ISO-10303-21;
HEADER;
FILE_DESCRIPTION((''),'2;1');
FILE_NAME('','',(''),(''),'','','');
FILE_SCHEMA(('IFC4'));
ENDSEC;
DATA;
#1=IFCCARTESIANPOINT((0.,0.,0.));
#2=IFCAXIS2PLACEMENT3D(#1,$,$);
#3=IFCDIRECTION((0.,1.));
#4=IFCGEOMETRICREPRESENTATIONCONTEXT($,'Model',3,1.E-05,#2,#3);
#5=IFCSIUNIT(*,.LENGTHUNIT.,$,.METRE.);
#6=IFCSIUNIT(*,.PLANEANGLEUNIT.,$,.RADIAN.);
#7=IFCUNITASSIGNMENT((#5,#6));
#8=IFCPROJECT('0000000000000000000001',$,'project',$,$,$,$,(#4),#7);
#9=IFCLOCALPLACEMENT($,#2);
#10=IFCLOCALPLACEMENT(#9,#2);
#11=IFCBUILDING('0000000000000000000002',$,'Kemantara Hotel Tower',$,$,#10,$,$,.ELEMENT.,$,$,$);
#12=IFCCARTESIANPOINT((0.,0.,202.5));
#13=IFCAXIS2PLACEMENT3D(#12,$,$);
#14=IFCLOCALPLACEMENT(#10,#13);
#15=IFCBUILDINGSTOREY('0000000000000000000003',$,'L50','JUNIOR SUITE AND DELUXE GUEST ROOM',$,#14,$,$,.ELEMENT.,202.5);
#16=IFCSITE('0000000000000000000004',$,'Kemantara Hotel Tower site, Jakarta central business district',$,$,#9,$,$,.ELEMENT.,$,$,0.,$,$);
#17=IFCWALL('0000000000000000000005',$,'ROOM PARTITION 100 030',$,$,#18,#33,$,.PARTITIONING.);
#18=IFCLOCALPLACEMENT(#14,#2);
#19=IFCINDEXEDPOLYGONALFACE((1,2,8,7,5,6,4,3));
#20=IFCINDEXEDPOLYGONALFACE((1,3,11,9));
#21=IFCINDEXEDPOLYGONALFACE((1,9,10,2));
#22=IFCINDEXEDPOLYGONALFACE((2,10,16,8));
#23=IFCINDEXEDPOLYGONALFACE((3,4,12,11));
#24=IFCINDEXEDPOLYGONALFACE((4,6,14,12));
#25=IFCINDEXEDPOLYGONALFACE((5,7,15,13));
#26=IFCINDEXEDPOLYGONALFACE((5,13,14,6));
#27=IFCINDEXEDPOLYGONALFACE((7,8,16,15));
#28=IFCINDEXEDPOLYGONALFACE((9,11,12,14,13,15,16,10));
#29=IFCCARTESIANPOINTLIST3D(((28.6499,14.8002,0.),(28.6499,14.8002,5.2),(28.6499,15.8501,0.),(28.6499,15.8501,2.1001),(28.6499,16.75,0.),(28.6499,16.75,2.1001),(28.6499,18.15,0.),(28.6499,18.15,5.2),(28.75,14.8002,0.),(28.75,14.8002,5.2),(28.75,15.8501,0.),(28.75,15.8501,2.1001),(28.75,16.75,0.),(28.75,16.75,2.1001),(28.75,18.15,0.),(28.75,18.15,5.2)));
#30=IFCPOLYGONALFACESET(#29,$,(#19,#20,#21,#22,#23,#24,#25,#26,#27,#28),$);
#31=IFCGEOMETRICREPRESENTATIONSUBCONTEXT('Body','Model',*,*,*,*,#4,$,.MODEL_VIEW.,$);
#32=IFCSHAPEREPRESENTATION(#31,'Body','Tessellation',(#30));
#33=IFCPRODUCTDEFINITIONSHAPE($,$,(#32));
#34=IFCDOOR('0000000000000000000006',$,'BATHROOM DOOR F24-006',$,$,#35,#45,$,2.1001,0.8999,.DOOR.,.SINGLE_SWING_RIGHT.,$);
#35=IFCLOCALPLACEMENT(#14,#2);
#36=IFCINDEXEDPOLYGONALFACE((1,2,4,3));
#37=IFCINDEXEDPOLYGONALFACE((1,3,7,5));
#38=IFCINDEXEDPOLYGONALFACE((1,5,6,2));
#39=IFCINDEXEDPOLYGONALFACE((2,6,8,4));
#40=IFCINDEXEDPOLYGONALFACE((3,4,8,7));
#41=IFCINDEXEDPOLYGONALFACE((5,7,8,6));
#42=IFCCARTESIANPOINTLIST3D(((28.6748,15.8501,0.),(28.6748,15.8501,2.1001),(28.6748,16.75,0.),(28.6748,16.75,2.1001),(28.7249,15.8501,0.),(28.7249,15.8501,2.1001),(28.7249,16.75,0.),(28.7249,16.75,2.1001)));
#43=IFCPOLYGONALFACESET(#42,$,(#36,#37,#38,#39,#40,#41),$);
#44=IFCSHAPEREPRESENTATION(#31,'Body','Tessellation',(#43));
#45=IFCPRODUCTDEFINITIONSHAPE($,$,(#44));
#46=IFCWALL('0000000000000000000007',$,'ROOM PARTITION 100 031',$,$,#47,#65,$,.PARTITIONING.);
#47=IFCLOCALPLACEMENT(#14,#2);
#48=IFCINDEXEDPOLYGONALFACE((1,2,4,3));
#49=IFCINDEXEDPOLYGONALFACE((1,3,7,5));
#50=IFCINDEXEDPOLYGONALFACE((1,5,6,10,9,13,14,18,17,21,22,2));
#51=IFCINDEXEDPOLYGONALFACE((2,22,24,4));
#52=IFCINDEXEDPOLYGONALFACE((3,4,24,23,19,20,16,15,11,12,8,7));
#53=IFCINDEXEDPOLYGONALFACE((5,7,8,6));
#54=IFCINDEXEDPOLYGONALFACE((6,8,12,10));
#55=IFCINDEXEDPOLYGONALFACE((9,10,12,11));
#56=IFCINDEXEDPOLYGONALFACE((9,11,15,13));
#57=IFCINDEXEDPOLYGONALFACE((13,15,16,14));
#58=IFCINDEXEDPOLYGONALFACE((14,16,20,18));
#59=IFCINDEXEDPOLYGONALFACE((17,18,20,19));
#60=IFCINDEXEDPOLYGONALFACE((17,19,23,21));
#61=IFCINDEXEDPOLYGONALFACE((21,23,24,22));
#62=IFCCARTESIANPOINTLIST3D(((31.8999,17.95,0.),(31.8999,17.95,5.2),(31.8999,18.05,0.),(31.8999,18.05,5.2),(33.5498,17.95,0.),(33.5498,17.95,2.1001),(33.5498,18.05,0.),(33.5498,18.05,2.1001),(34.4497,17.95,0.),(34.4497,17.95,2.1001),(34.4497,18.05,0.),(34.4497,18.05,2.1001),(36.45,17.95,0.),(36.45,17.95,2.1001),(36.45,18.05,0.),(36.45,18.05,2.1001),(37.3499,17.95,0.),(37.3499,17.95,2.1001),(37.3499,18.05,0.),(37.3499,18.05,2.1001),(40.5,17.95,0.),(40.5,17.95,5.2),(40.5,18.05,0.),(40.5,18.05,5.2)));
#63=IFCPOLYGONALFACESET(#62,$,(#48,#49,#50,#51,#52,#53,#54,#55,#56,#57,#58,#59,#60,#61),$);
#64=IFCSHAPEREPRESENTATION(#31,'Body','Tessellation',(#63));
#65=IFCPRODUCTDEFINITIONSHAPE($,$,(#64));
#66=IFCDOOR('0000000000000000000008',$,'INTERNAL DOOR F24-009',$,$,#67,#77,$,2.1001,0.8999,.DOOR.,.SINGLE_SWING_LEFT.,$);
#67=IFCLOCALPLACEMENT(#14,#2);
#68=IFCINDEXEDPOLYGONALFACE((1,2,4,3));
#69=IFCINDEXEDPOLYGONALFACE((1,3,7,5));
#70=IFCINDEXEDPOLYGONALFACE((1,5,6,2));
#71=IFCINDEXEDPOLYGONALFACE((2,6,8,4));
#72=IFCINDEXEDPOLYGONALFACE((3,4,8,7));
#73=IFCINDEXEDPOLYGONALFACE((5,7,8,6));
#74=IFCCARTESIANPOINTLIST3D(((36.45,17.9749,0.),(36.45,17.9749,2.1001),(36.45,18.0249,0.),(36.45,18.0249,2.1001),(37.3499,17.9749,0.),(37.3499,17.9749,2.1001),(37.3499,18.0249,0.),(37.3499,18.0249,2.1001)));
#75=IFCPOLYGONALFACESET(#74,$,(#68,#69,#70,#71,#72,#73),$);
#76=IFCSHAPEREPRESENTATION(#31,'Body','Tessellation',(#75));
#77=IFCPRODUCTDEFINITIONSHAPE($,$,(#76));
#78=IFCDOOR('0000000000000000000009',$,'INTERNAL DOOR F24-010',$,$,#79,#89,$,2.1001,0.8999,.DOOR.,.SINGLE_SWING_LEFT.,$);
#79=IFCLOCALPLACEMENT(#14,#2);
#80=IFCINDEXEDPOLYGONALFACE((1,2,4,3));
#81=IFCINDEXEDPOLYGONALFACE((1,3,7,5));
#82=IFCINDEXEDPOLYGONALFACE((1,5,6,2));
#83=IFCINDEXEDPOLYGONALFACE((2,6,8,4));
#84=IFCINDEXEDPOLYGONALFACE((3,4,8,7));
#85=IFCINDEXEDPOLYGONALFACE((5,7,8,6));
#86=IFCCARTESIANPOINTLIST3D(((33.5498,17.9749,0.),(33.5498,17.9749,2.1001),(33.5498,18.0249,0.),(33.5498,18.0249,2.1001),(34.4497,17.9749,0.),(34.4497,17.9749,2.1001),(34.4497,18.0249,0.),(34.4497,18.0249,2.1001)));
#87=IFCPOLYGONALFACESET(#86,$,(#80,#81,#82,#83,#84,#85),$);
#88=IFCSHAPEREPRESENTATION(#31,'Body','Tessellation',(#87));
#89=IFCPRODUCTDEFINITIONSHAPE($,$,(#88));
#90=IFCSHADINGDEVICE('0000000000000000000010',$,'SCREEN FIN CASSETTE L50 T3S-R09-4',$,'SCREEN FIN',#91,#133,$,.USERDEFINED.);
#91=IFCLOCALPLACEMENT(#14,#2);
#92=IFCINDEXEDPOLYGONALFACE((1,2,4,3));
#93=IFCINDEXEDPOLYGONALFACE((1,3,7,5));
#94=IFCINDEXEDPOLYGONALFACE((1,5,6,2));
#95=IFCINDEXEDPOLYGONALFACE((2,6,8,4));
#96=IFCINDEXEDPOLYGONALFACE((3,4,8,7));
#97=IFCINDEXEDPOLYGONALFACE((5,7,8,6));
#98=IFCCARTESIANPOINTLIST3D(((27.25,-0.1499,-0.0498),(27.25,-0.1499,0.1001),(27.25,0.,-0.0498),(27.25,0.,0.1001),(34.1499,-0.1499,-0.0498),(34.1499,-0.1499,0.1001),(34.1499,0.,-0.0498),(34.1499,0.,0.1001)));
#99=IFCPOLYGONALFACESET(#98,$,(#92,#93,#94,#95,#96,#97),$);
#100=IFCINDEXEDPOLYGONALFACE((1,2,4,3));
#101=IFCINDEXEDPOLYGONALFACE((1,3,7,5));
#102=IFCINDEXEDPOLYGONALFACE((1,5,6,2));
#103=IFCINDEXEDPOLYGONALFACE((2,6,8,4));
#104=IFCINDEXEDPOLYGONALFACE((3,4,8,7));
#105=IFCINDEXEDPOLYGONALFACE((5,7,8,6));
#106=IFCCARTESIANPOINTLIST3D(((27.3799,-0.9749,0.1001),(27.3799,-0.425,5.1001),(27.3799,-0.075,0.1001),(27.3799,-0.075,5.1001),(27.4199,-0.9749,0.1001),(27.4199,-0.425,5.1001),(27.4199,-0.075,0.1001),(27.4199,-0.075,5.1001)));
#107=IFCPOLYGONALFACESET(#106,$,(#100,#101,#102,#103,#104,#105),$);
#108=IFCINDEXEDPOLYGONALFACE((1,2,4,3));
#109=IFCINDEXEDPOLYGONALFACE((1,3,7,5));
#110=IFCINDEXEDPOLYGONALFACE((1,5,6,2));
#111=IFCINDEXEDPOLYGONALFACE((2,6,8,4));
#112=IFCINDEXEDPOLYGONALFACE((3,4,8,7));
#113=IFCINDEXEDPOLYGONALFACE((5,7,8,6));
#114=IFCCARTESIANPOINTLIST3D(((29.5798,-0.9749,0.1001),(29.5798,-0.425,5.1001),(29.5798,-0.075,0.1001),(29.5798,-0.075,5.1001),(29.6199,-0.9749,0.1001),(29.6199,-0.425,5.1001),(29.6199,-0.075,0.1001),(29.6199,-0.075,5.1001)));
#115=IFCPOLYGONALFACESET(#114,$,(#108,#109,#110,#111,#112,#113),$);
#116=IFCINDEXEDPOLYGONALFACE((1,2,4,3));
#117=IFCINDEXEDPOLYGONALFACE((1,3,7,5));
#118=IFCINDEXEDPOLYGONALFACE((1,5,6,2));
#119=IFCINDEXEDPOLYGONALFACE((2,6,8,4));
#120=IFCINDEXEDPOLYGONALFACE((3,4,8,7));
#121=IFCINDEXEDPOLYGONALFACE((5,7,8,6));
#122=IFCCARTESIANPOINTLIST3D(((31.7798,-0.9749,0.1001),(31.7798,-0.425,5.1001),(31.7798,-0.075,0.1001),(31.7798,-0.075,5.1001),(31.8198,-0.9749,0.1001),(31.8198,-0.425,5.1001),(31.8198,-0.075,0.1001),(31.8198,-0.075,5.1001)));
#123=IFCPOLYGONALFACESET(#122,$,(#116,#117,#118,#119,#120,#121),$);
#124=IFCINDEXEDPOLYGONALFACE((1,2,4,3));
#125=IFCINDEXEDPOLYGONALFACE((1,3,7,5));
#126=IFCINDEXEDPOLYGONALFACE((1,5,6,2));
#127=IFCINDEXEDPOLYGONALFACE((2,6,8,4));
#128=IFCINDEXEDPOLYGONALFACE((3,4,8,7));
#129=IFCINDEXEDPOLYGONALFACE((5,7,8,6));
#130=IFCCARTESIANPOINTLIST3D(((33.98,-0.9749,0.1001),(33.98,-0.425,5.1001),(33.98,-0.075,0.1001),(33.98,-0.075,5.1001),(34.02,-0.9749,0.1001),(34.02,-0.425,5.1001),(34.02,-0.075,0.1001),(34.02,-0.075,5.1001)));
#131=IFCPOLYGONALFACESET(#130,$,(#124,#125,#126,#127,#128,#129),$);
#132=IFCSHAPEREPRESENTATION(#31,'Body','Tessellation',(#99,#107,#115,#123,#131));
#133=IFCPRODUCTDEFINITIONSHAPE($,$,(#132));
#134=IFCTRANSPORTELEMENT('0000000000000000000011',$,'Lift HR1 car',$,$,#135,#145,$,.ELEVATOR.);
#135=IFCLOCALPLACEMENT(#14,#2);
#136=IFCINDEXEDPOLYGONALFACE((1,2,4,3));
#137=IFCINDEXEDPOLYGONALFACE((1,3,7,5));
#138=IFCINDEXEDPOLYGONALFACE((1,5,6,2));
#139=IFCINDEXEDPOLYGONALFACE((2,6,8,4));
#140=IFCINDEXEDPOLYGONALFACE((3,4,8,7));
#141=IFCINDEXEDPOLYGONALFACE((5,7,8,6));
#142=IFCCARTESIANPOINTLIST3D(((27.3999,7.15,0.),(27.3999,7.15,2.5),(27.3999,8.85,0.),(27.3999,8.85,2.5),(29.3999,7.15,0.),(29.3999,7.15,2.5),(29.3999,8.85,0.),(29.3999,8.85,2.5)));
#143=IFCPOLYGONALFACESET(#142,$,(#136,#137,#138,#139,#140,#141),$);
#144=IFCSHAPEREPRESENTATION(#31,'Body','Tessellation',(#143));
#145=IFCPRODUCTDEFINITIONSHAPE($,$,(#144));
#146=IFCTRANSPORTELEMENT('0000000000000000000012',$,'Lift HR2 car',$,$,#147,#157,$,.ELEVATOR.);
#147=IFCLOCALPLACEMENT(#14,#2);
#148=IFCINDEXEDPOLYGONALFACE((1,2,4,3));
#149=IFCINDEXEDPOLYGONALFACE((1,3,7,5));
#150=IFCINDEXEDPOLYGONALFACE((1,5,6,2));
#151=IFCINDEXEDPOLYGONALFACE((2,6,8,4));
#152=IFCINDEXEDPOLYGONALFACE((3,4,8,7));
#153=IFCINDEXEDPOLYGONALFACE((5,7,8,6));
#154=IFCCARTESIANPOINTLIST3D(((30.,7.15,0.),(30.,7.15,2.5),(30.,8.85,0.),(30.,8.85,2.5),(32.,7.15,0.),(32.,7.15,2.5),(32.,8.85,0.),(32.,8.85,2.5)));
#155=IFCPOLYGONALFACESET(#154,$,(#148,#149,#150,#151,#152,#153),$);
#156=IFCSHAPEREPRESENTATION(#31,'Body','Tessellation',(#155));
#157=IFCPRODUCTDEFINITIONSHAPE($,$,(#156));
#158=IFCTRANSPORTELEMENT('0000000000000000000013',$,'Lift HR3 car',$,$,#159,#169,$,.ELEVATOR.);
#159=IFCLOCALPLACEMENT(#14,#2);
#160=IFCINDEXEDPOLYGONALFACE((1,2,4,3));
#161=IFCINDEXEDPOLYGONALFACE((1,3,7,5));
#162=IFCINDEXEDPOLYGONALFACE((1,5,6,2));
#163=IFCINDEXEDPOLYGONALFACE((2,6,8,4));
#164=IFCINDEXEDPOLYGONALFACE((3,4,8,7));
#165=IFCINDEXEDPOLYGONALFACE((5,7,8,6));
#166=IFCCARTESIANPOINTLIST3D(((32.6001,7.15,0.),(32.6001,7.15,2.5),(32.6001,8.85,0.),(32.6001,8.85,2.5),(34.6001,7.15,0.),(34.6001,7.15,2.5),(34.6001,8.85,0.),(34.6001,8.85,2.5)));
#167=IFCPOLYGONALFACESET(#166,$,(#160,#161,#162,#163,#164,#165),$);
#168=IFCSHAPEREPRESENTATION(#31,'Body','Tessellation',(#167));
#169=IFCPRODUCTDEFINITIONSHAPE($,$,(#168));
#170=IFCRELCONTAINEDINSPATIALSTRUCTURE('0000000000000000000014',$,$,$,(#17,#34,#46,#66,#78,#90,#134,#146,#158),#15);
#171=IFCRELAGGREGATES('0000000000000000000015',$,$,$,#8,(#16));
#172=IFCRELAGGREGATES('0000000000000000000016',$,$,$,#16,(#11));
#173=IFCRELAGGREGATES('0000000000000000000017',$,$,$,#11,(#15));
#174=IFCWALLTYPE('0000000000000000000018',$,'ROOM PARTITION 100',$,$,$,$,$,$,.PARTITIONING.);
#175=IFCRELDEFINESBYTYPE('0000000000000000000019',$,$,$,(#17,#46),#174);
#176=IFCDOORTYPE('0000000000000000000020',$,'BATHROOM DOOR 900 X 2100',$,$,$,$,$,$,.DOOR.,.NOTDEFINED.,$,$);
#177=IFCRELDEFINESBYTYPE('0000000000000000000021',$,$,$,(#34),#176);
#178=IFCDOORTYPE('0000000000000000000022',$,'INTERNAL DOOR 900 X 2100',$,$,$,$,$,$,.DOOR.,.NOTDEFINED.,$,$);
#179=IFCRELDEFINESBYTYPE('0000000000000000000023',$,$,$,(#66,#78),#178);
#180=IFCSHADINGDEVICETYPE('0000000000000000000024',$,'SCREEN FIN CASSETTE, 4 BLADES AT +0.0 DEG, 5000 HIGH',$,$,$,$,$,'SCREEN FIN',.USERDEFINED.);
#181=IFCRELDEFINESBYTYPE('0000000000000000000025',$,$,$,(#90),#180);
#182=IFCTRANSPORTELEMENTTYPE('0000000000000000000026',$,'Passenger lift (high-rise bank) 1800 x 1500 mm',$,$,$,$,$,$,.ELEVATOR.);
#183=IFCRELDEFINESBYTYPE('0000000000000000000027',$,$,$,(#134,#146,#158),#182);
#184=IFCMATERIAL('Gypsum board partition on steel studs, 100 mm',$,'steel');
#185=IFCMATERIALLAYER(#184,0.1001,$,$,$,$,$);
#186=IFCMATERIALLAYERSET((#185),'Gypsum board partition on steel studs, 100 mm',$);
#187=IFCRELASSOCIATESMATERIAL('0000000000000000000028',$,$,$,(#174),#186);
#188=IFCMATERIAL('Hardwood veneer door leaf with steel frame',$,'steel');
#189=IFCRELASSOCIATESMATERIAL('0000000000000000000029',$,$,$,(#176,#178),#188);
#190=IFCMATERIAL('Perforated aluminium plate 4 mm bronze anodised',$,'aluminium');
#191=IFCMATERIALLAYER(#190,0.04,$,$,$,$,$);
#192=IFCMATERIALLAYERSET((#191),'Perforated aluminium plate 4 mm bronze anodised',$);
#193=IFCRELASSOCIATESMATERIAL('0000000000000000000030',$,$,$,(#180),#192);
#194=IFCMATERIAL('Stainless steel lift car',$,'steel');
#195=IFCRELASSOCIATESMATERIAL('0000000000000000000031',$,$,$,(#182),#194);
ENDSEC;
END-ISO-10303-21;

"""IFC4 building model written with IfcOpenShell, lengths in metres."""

from ifc_helpers import new_model, si_unit, direction, frame, frame_2d, origin, origin_2d, place, context, subcontext, project, spatial, polyline, rectangle, outline, extrude, source, transform, mapped, material, layer, layer_set, type_object, element, fill, save


model = new_model("IFC4")

# Units and contexts
model_context = context("Model", 3, precision=1e-05, world=origin(), true_north=direction((0.0, 1.0)))
body_context = subcontext(model_context, "Body", "Model", "MODEL_VIEW")
ifc_project = project(units=[si_unit("LENGTHUNIT", "METRE"), si_unit("PLANEANGLEUNIT", "RADIAN")], contexts=[model_context])

# Site, building, storey
site_placement = place(None, origin())
site = spatial("IfcSite", under=ifc_project, at=site_placement, Name="Kemantara Hotel Tower site, Jakarta central business district", CompositionType="ELEMENT", RefElevation=0.0)
building_placement = place(site_placement, origin())
building = spatial("IfcBuilding", under=site, at=building_placement, Name="Kemantara Hotel Tower", CompositionType="ELEMENT")
storey_placement = place(building_placement, frame((0.0, 0.0, 202.5)))
storey = spatial("IfcBuildingStorey", under=building, at=storey_placement, Name="L50", Description="JUNIOR SUITE AND DELUXE GUEST ROOM", CompositionType="ELEMENT", Elevation=202.5)

# Shared definitions
ifc_material_1 = material(Name="Hardwood veneer door leaf with steel frame", Category="steel")

# Wall, opening, door
ifc_material_2 = material(Name="Gypsum board partition on steel studs, 100 mm", Category="steel")
ifc_layer_1 = layer(ifc_material_2, 0.1001)
ifc_layer_set_1 = layer_set([ifc_layer_1], Name="Gypsum board partition on steel studs, 100 mm")
wall_type_1 = type_object("IfcWallType", Name="ROOM PARTITION 100", PredefinedType="PARTITIONING", material=ifc_layer_set_1)
wall_1_placement = place(storey_placement, frame((28.7, 18.1499, 0.0), z_axis=(0.0, 0.0, 1.0), x_axis=(0.0, -1.0, 0.0)))
wall_1 = element("IfcWall", 1, at=wall_1_placement, inside=storey, type_object=wall_type_1, Name="ROOM PARTITION 100 030", PredefinedType="PARTITIONING", context=body_context, shape_type="SweptSolid", body=[
    extrude(rectangle(XDim=3.3499, YDim=0.1001, at=frame_2d((1.6748, 0.0))), origin(), (0.0, 0.0, 1.0), 5.2),
])
opening_1_placement = place(wall_1_placement, frame((1.3999, 0.0, 0.0)))
opening_1 = element("IfcOpeningElement", 2, at=opening_1_placement, cuts=wall_1, PredefinedType="OPENING", context=body_context, shape_type="SweptSolid", body=[
    extrude(rectangle(XDim=0.8999, YDim=2.1001, at=frame_2d((0.45, 1.05))), frame((0.0, 0.0601, 0.0), z_axis=(0.0, -1.0, 0.0), x_axis=(1.0, 0.0, 0.0)), (0.0, 0.0, 1.0), 0.1201),
])
door_type_1 = type_object("IfcDoorType", Name="BATHROOM DOOR 900 X 2100", OperationType="NOTDEFINED", PredefinedType="DOOR", material=ifc_material_1)
door_1_placement = place(opening_1_placement, origin())
door_1 = element("IfcDoor", 3, at=door_1_placement, inside=storey, type_object=door_type_1, Name="BATHROOM DOOR F24-006", OperationType="SINGLE_SWING_RIGHT", OverallHeight=2.1001, OverallWidth=0.8999, PredefinedType="DOOR", context=body_context, shape_type="SweptSolid", body=[
    extrude(rectangle(XDim=0.8999, YDim=2.1001, at=frame_2d((0.45, 1.05))), frame((0.0, 0.0249, 0.0), z_axis=(0.0, -1.0, 0.0), x_axis=(1.0, 0.0, 0.0)), (0.0, 0.0, 1.0), 0.05),
])
fill(opening_1, door_1)

# Wall, openings, doors
wall_2_placement = place(storey_placement, frame((31.8999, 18.0, 0.0), z_axis=(0.0, 0.0, 1.0), x_axis=(1.0, 0.0, 0.0)))
wall_2 = element("IfcWall", 4, at=wall_2_placement, inside=storey, type_object=wall_type_1, Name="ROOM PARTITION 100 031", PredefinedType="PARTITIONING", context=body_context, shape_type="SweptSolid", body=[
    extrude(rectangle(XDim=8.6001, YDim=0.1001, at=frame_2d((4.3, 0.0))), origin(), (0.0, 0.0, 1.0), 5.2),
])
opening_2_placement = place(wall_2_placement, frame((4.55, 0.0, 0.0)))
opening_2 = element("IfcOpeningElement", 5, at=opening_2_placement, cuts=wall_2, PredefinedType="OPENING", context=body_context, shape_type="SweptSolid", body=[
    extrude(rectangle(XDim=0.8999, YDim=2.1001, at=frame_2d((0.45, 1.05))), frame((0.0, 0.0601, 0.0), z_axis=(0.0, -1.0, 0.0), x_axis=(1.0, 0.0, 0.0)), (0.0, 0.0, 1.0), 0.1201),
])
opening_3_placement = place(wall_2_placement, frame((1.6499, 0.0, 0.0)))
opening_3 = element("IfcOpeningElement", 6, at=opening_3_placement, cuts=wall_2, PredefinedType="OPENING", context=body_context, shape_type="SweptSolid", body=[
    extrude(rectangle(XDim=0.8999, YDim=2.1001, at=frame_2d((0.45, 1.05))), frame((0.0, 0.0601, 0.0), z_axis=(0.0, -1.0, 0.0), x_axis=(1.0, 0.0, 0.0)), (0.0, 0.0, 1.0), 0.1201),
])
door_type_2 = type_object("IfcDoorType", Name="INTERNAL DOOR 900 X 2100", OperationType="NOTDEFINED", PredefinedType="DOOR", material=ifc_material_1)
door_2_placement = place(opening_2_placement, origin())
door_2 = element("IfcDoor", 7, at=door_2_placement, inside=storey, type_object=door_type_2, Name="INTERNAL DOOR F24-009", OperationType="SINGLE_SWING_LEFT", OverallHeight=2.1001, OverallWidth=0.8999, PredefinedType="DOOR", context=body_context, shape_type="SweptSolid", body=[
    extrude(rectangle(XDim=0.8999, YDim=2.1001, at=frame_2d((0.45, 1.05))), frame((0.0, 0.0249, 0.0), z_axis=(0.0, -1.0, 0.0), x_axis=(1.0, 0.0, 0.0)), (0.0, 0.0, 1.0), 0.05),
])
fill(opening_2, door_2)
door_3_placement = place(opening_3_placement, origin())
door_3 = element("IfcDoor", 8, at=door_3_placement, inside=storey, type_object=door_type_2, Name="INTERNAL DOOR F24-010", OperationType="SINGLE_SWING_LEFT", OverallHeight=2.1001, OverallWidth=0.8999, PredefinedType="DOOR", context=body_context, shape_type="SweptSolid", body=[
    extrude(rectangle(XDim=0.8999, YDim=2.1001, at=frame_2d((0.45, 1.05))), frame((0.0, 0.0249, 0.0), z_axis=(0.0, -1.0, 0.0), x_axis=(1.0, 0.0, 0.0)), (0.0, 0.0, 1.0), 0.05),
])
fill(opening_3, door_3)

# Shading device
ifc_material_3 = material(Name="Perforated aluminium plate 4 mm bronze anodised", Category="aluminium")
ifc_layer_2 = layer(ifc_material_3, 0.04)
ifc_layer_set_2 = layer_set([ifc_layer_2], Name="Perforated aluminium plate 4 mm bronze anodised")
shading_device_type = type_object("IfcShadingDeviceType", Name="SCREEN FIN CASSETTE, 4 BLADES AT +0.0 DEG, 5000 HIGH", ElementType="SCREEN FIN", PredefinedType="USERDEFINED", material=ifc_layer_set_2)
shared_shape = source(origin(), body_context, "Body", "SweptSolid", [
    extrude(rectangle(XDim=6.8999, YDim=0.1499, at=origin_2d()), frame((3.3, -0.075, -0.1499), z_axis=(0.0, 0.0, 1.0), x_axis=(1.0, 0.0, 0.0)), (0.0, 0.0, 1.0), 0.1499),
    extrude(outline(polyline([(0.0, 0.0), (0.8999, 0.0), (0.3501, 5.0), (0.0, 5.0), (0.0, 0.0)])), frame((0.02, -0.075, 0.0), z_axis=(-1.0, 0.0, 0.0), x_axis=(0.0, -1.0, 0.0)), (0.0, 0.0, 1.0), 0.04),
    extrude(outline(polyline([(0.0, 0.0), (0.8999, 0.0), (0.3501, 5.0), (0.0, 5.0), (0.0, 0.0)])), frame((2.22, -0.075, 0.0), z_axis=(-1.0, 0.0, 0.0), x_axis=(0.0, -1.0, 0.0)), (0.0, 0.0, 1.0), 0.04),
    extrude(outline(polyline([(0.0, 0.0), (0.8999, 0.0), (0.3501, 5.0), (0.0, 5.0), (0.0, 0.0)])), frame((4.4199, -0.075, 0.0), z_axis=(-1.0, 0.0, 0.0), x_axis=(0.0, -1.0, 0.0)), (0.0, 0.0, 1.0), 0.04),
    extrude(outline(polyline([(0.0, 0.0), (0.8999, 0.0), (0.3501, 5.0), (0.0, 5.0), (0.0, 0.0)])), frame((6.6201, -0.075, 0.0), z_axis=(-1.0, 0.0, 0.0), x_axis=(0.0, -1.0, 0.0)), (0.0, 0.0, 1.0), 0.04),
])
shading_device_placement = place(storey_placement, frame((27.3999, 0.0, 0.1001), z_axis=(0.0, 0.0, 1.0), x_axis=(1.0, 0.0, 0.0)))
element("IfcShadingDevice", 9, at=shading_device_placement, inside=storey, type_object=shading_device_type, Name="SCREEN FIN CASSETTE L50 T3S-R09-4", ObjectType="SCREEN FIN", PredefinedType="USERDEFINED", context=body_context, shape_type="MappedRepresentation", body=[
    mapped(shared_shape, transform((0.0, 0.0, 0.0))),
])

# Transport elements
ifc_material_4 = material(Name="Stainless steel lift car", Category="steel")
transport_element_type = type_object("IfcTransportElementType", Name="Passenger lift (high-rise bank) 1800 x 1500 mm", PredefinedType="ELEVATOR", material=ifc_material_4)
for number, where, z_axis, x_axis, name in (
    (10, (28.3999, 8.0, 0.0), (0.0, 0.0, 1.0), (1.0, 0.0, 0.0), "Lift HR1 car"),
    (11, (31.0, 8.0, 0.0), (0.0, 0.0, 1.0), (1.0, 0.0, 0.0), "Lift HR2 car"),
    (12, (33.6001, 8.0, 0.0), (0.0, 0.0, 1.0), (1.0, 0.0, 0.0), "Lift HR3 car"),
):
    element("IfcTransportElement", number, at=place(storey_placement, frame(where, z_axis=z_axis, x_axis=x_axis)), inside=storey, type_object=transport_element_type, Name=name, PredefinedType="ELEVATOR", context=body_context, shape_type="SweptSolid", body=[
        extrude(rectangle(XDim=2.0, YDim=1.7, at=origin_2d()), origin(), (0.0, 0.0, 1.0), 2.5),
    ])

save(model, "model.ifc")
